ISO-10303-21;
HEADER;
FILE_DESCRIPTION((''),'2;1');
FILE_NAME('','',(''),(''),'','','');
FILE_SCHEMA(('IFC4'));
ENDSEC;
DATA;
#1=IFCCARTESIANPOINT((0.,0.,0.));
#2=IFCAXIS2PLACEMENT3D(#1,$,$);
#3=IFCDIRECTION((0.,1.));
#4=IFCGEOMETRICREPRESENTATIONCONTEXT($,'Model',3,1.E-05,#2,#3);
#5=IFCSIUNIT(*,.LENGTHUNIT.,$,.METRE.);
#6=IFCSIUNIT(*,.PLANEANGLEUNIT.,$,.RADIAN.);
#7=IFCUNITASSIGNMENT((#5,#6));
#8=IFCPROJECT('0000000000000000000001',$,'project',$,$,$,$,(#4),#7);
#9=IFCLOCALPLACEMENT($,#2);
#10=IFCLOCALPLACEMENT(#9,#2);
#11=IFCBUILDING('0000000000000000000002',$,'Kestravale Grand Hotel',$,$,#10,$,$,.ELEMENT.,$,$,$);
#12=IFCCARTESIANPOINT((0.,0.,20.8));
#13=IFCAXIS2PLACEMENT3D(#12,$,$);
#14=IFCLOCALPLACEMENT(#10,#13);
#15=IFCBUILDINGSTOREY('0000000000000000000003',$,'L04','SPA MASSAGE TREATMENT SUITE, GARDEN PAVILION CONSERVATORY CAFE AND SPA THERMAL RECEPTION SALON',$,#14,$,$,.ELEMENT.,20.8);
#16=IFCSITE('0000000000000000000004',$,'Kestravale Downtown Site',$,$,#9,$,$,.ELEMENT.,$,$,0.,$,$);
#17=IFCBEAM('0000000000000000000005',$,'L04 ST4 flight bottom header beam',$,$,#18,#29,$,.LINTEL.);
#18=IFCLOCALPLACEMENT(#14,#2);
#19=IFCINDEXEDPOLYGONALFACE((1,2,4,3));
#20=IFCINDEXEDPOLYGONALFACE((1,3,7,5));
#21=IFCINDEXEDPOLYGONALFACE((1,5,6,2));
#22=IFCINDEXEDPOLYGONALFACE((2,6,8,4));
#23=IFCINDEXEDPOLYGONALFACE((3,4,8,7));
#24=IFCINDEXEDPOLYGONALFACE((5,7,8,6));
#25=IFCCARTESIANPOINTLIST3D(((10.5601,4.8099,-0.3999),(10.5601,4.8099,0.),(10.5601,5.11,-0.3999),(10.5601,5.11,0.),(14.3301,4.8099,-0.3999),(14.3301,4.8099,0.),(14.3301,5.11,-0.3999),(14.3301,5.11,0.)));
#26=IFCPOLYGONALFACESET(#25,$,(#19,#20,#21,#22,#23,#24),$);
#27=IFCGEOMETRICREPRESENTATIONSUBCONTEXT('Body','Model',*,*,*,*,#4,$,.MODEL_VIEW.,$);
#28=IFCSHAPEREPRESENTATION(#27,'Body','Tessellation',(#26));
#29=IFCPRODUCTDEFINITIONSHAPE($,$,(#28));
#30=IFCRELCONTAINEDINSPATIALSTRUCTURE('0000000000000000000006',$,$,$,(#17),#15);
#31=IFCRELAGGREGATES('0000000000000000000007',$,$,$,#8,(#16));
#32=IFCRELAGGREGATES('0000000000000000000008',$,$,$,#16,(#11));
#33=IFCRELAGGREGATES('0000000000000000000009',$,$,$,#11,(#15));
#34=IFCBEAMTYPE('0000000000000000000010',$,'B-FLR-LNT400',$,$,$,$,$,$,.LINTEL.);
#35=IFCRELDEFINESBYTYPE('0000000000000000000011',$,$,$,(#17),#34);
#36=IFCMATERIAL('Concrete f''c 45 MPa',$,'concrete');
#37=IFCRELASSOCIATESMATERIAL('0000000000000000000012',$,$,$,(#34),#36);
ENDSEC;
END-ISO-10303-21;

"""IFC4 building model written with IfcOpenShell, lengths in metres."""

from ifc_helpers import new_model, si_unit, direction, frame, origin, origin_2d, place, context, subcontext, project, spatial, rectangle, extrude, material, material_profile, profile_set, type_object, element, save


model = new_model("IFC4")

# Units and contexts
model_context = context("Model", 3, precision=1e-05, world=origin(), true_north=direction((0.0, 1.0)))
body_context = subcontext(model_context, "Body", "Model", "MODEL_VIEW")
ifc_project = project(units=[si_unit("LENGTHUNIT", "METRE"), si_unit("PLANEANGLEUNIT", "RADIAN")], contexts=[model_context])

# Site, building, storey
site_placement = place(None, origin())
site = spatial("IfcSite", under=ifc_project, at=site_placement, Name="Kestravale Downtown Site", CompositionType="ELEMENT", RefElevation=0.0)
building_placement = place(site_placement, origin())
building = spatial("IfcBuilding", under=site, at=building_placement, Name="Kestravale Grand Hotel", CompositionType="ELEMENT")
storey_placement = place(building_placement, frame((0.0, 0.0, 20.8)))
storey = spatial("IfcBuildingStorey", under=building, at=storey_placement, Name="L04", Description="SPA MASSAGE TREATMENT SUITE, GARDEN PAVILION CONSERVATORY CAFE AND SPA THERMAL RECEPTION SALON", CompositionType="ELEMENT", Elevation=20.8)

# Beam
ifc_material_1 = material(Name="Concrete f'c 45 MPa", Category="concrete")
ifc_material_profile = material_profile(ifc_material_1, rectangle(XDim=0.3, YDim=0.3999, at=origin_2d()))
ifc_profile_set = profile_set([ifc_material_profile], Name="Concrete f'c 45 MPa")
beam_type = type_object("IfcBeamType", Name="B-FLR-LNT400", PredefinedType="LINTEL", material=ifc_profile_set)
beam_placement = place(storey_placement, frame((10.5601, 4.96, -0.2), z_axis=(1.0, 0.0, 0.0), x_axis=(0.0, 1.0, 0.0)))
element("IfcBeam", 1, at=beam_placement, inside=storey, type_object=beam_type, Name="L04 ST4 flight bottom header beam", PredefinedType="LINTEL", context=body_context, shape_type="SweptSolid", body=[
    extrude(rectangle(XDim=0.3, YDim=0.3999, at=origin_2d()), origin(), (0.0, 0.0, 1.0), 3.77),
])

save(model, "model.ifc")
